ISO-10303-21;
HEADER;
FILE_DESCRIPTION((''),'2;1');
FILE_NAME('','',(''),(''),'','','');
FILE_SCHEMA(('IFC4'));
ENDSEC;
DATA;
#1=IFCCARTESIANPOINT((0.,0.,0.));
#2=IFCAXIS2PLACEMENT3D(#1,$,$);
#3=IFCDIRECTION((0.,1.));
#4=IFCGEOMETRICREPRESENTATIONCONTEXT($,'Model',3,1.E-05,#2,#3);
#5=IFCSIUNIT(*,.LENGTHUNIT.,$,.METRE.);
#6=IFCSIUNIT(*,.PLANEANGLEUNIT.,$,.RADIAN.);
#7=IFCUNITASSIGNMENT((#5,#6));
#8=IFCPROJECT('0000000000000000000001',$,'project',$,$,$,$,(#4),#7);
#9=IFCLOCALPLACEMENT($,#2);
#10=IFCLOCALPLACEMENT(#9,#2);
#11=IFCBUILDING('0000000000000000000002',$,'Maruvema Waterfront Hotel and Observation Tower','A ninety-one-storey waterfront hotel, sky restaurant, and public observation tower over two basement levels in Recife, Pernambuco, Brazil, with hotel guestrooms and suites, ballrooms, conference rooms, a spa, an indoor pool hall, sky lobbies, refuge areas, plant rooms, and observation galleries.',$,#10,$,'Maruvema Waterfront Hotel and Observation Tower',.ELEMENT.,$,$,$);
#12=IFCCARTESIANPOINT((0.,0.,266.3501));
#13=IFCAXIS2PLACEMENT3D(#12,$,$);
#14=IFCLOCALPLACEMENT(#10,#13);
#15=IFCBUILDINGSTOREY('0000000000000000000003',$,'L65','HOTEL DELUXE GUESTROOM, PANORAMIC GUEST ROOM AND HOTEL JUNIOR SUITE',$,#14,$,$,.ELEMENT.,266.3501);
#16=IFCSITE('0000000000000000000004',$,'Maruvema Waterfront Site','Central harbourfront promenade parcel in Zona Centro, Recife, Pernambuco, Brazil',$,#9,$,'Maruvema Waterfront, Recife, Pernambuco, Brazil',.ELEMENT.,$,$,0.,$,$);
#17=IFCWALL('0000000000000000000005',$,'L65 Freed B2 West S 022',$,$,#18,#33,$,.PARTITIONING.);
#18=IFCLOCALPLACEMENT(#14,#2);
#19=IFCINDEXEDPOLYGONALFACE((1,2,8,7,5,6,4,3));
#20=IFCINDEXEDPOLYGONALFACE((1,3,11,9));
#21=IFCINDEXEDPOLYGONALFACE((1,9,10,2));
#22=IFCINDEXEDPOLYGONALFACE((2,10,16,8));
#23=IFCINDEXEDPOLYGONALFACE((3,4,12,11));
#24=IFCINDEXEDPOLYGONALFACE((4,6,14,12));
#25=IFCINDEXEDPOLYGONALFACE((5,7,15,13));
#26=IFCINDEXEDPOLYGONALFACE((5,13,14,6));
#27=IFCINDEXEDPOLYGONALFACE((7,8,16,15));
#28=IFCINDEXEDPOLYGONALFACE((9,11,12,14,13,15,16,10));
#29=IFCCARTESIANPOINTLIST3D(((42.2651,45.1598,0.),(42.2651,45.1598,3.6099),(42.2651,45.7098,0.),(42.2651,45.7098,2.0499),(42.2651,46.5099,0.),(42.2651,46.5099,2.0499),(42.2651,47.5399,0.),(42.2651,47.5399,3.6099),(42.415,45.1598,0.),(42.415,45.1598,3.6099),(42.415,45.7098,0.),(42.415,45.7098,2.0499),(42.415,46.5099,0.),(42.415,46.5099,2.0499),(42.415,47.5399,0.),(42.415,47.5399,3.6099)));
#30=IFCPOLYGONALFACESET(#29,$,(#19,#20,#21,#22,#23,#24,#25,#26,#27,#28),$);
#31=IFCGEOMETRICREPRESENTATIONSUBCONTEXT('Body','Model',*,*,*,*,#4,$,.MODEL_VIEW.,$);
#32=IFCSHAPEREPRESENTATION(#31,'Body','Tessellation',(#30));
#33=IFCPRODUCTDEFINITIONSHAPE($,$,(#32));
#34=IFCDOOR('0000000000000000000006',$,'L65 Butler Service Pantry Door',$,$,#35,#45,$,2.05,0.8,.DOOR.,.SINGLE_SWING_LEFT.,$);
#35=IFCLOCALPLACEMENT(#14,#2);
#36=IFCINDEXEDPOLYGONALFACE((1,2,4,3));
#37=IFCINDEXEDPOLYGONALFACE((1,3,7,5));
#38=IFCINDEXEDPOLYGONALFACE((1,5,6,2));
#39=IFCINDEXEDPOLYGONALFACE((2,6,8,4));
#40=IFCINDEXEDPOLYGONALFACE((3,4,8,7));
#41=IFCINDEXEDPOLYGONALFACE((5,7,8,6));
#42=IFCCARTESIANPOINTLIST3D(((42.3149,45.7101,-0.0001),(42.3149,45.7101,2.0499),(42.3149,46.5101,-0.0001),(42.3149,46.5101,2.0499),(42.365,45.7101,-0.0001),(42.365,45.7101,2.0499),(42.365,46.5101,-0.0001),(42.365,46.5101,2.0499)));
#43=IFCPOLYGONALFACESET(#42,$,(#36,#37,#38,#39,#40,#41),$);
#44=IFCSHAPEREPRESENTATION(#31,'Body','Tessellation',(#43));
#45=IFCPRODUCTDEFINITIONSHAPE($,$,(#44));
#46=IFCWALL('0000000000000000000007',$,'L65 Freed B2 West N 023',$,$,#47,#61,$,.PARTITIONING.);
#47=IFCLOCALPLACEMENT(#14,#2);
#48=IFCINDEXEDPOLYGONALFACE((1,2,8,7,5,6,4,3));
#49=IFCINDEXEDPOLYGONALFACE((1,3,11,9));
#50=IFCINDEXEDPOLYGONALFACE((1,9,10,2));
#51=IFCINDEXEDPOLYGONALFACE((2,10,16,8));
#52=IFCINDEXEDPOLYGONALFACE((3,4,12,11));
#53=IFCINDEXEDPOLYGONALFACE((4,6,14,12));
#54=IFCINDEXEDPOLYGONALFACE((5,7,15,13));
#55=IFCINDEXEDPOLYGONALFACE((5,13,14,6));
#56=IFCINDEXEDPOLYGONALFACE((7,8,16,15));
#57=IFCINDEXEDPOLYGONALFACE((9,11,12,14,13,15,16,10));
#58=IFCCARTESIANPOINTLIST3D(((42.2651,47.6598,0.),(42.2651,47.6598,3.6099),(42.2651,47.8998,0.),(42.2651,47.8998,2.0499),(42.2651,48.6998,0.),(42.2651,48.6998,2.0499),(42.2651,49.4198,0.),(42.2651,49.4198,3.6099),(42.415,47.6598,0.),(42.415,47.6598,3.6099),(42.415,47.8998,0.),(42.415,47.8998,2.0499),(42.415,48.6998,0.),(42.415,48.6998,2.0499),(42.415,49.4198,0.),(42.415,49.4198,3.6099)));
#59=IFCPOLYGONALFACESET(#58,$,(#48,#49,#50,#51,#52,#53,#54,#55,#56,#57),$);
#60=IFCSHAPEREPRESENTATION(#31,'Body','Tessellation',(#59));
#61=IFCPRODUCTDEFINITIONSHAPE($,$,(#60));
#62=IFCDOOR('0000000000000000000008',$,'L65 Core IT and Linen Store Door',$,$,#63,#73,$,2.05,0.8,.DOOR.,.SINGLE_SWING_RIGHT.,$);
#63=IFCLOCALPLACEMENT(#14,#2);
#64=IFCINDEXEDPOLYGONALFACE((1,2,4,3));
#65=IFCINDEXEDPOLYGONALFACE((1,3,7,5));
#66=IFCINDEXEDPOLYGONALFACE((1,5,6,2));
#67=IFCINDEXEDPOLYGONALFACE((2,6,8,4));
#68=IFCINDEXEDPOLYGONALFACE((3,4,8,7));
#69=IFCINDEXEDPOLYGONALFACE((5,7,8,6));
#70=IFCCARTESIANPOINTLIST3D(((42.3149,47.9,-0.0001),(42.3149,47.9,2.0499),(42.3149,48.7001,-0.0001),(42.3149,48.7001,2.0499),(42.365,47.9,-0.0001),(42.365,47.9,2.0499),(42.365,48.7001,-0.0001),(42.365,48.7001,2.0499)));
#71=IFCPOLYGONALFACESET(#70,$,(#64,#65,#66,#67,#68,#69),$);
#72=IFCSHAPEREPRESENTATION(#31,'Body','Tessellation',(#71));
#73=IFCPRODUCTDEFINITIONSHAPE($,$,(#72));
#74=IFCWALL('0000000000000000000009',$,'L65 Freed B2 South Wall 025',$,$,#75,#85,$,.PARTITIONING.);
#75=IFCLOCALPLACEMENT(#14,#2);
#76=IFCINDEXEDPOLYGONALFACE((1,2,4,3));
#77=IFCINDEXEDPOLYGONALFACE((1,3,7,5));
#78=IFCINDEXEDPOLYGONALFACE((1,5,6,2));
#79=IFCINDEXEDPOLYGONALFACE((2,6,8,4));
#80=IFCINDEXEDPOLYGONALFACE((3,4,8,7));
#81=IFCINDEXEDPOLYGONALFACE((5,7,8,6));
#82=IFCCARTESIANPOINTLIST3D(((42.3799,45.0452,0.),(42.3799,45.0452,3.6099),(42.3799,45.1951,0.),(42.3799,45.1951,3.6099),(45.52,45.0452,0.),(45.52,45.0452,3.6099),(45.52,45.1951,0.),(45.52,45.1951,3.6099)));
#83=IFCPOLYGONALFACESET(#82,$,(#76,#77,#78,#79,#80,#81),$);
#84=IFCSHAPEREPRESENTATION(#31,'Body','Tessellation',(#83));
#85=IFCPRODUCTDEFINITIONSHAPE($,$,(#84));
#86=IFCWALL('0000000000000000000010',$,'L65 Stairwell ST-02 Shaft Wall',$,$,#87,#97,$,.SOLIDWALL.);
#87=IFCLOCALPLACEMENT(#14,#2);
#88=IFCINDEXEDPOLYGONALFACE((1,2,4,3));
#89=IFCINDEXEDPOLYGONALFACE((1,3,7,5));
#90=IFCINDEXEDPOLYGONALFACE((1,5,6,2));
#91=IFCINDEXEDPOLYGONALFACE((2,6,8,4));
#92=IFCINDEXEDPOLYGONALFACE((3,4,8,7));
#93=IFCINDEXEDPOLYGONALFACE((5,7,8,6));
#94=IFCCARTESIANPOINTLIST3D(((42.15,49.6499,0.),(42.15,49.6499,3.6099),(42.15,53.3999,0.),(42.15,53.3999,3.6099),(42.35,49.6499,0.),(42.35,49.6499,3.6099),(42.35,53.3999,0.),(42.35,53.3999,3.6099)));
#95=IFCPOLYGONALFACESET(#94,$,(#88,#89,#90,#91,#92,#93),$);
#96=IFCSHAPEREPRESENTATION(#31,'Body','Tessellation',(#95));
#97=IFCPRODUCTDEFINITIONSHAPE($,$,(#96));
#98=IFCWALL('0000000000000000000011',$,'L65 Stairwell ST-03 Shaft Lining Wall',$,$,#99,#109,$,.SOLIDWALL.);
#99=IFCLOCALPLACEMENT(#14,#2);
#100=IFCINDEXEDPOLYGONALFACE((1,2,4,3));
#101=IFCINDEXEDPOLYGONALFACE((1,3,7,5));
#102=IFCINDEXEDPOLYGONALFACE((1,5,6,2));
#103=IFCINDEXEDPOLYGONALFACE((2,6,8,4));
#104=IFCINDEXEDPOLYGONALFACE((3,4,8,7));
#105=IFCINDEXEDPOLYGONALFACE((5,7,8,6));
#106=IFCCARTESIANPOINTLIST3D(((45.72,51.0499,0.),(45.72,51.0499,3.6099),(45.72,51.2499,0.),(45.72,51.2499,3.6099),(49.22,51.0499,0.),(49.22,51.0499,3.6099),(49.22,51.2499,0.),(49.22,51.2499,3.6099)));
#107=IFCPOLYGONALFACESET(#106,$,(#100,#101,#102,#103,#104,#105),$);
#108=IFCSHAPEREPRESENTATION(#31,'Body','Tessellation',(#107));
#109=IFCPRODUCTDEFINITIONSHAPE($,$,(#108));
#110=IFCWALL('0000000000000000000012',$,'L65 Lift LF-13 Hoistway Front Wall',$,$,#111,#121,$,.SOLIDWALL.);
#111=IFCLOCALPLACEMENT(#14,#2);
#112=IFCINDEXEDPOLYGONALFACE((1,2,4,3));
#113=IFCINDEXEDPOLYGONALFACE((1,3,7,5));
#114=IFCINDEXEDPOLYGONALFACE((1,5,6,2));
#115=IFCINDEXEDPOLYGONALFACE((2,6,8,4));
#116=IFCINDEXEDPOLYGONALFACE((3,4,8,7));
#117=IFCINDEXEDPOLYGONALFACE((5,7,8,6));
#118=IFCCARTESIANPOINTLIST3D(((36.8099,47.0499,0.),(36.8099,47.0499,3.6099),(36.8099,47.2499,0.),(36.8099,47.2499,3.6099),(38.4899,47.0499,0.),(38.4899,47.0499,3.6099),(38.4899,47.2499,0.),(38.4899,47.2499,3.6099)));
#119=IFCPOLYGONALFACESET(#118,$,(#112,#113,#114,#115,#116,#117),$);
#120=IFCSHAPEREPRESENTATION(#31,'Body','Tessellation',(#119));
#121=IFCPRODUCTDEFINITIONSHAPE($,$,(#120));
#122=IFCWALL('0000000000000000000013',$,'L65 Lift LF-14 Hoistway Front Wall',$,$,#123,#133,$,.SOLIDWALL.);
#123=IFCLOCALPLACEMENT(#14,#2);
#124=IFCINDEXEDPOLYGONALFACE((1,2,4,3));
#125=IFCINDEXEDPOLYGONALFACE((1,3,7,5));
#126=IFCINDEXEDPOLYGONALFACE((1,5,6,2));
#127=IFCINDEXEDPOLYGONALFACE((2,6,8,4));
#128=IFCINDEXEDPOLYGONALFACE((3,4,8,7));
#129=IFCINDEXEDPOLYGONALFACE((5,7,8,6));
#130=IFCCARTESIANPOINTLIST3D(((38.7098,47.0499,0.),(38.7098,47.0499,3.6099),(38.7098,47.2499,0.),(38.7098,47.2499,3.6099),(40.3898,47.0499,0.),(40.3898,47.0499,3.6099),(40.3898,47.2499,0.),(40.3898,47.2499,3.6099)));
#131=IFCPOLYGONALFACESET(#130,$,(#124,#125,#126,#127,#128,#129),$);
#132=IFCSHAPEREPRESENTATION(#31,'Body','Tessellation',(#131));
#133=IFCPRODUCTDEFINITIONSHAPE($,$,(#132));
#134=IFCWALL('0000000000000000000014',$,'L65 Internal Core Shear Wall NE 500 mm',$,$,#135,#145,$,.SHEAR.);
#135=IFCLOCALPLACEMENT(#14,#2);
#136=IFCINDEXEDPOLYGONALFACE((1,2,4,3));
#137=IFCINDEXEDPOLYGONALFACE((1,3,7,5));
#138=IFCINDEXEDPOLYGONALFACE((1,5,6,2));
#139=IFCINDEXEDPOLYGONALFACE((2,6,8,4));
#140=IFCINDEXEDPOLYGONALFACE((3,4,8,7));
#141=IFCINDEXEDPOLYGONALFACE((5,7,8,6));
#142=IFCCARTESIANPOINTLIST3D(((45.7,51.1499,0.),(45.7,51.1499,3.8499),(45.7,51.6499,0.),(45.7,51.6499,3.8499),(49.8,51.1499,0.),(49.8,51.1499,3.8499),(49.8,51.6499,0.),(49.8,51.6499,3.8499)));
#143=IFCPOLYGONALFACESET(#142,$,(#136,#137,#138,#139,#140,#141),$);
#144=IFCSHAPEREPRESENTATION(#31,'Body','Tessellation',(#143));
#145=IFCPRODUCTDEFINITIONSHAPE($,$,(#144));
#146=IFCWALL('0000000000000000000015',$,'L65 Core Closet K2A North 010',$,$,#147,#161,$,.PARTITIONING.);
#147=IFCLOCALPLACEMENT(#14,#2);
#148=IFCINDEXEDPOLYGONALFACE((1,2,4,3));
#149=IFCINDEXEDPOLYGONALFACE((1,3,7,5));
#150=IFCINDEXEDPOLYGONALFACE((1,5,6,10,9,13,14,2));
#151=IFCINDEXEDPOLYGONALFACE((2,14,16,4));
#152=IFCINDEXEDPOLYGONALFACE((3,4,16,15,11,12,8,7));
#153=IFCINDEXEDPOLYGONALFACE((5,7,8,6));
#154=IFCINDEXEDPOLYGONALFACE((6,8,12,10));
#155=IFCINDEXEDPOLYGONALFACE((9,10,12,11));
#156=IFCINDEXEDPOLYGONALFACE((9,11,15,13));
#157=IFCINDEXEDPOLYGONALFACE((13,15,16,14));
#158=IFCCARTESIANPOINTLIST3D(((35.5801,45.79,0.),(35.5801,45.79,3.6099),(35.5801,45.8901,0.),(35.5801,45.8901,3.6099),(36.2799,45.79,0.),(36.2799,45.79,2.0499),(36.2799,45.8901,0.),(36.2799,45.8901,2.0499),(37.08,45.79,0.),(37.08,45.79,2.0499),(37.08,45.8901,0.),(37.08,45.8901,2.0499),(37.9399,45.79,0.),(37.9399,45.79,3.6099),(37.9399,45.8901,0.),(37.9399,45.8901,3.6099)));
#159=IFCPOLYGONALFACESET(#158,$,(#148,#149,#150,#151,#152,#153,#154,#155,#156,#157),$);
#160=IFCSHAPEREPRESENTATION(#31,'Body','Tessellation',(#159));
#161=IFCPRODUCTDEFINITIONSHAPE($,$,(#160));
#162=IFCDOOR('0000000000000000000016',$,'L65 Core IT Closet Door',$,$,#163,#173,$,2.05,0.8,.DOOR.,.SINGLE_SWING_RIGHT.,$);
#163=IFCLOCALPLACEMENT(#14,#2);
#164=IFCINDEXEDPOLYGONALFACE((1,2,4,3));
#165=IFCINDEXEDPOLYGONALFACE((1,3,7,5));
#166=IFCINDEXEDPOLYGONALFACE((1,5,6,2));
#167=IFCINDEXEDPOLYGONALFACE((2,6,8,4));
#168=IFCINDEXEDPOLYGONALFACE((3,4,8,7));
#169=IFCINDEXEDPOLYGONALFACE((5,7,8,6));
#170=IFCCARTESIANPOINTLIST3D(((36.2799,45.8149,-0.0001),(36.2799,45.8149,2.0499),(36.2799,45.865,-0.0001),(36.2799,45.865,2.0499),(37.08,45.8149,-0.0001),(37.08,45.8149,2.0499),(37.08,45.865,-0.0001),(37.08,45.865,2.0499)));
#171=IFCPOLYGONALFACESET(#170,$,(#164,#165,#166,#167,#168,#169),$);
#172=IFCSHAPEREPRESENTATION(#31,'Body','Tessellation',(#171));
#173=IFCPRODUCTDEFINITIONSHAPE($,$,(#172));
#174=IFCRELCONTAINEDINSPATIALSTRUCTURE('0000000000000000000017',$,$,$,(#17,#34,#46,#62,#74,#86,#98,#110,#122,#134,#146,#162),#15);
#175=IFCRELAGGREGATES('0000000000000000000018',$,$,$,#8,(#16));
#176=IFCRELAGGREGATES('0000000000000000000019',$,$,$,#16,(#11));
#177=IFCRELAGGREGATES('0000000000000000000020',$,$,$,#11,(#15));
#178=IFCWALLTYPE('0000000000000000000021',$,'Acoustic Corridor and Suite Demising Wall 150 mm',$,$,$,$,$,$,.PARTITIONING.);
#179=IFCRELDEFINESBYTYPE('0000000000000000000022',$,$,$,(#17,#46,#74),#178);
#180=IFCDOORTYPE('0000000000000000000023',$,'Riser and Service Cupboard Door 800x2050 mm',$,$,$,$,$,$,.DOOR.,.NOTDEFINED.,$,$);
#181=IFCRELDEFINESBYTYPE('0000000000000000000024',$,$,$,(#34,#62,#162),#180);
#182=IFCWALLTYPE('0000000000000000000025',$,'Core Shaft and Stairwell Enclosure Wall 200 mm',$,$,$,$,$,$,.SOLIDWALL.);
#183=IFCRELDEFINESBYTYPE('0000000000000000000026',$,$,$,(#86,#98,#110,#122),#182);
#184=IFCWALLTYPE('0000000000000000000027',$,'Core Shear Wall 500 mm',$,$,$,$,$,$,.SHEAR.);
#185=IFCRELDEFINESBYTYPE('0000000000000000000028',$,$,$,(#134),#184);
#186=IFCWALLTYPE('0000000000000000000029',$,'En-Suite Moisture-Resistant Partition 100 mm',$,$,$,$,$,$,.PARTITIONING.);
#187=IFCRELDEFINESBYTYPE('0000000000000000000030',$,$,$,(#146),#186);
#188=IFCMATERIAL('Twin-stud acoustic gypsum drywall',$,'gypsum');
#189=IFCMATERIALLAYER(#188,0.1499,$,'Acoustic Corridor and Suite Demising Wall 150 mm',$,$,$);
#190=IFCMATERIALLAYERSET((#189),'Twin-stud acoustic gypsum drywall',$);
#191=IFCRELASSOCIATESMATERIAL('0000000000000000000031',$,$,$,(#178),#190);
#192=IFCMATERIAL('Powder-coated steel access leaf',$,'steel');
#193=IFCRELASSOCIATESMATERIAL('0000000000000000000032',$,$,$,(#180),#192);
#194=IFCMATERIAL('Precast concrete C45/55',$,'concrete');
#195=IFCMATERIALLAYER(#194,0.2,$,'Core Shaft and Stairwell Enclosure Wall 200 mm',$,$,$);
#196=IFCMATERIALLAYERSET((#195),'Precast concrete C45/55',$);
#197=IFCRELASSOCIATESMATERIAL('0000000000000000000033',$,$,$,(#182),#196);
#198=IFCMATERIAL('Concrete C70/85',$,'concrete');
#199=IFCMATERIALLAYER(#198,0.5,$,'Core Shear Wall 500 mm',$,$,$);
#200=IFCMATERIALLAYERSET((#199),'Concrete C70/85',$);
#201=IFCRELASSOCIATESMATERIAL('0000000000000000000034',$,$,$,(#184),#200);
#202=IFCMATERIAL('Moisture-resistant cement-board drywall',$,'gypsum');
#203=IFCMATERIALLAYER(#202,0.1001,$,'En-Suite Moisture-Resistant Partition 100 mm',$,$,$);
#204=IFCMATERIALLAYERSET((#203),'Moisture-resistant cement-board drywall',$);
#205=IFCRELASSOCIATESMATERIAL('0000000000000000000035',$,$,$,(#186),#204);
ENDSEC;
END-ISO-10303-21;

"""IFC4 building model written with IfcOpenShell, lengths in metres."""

from ifc_helpers import new_model, si_unit, direction, frame, frame_2d, origin, place, context, subcontext, project, spatial, rectangle, extrude, material, layer, layer_set, type_object, element, fill, save


model = new_model("IFC4")

# Units and contexts
model_context = context("Model", 3, precision=1e-05, world=origin(), true_north=direction((0.0, 1.0)))
body_context = subcontext(model_context, "Body", "Model", "MODEL_VIEW")
ifc_project = project(units=[si_unit("LENGTHUNIT", "METRE"), si_unit("PLANEANGLEUNIT", "RADIAN")], contexts=[model_context])

# Site, building, storey
site_placement = place(None, origin())
site = spatial("IfcSite", under=ifc_project, at=site_placement, Name="Maruvema Waterfront Site", Description="Central harbourfront promenade parcel in Zona Centro, Recife, Pernambuco, Brazil", LongName="Maruvema Waterfront, Recife, Pernambuco, Brazil", CompositionType="ELEMENT", RefElevation=0.0)
building_placement = place(site_placement, origin())
building = spatial("IfcBuilding", under=site, at=building_placement, Name="Maruvema Waterfront Hotel and Observation Tower", Description="A ninety-one-storey waterfront hotel, sky restaurant, and public observation tower over two basement levels in Recife, Pernambuco, Brazil, with hotel guestrooms and suites, ballrooms, conference rooms, a spa, an indoor pool hall, sky lobbies, refuge areas, plant rooms, and observation galleries.", LongName="Maruvema Waterfront Hotel and Observation Tower", CompositionType="ELEMENT")
storey_placement = place(building_placement, frame((0.0, 0.0, 266.3501)))
storey = spatial("IfcBuildingStorey", under=building, at=storey_placement, Name="L65", Description="HOTEL DELUXE GUESTROOM, PANORAMIC GUEST ROOM AND HOTEL JUNIOR SUITE", CompositionType="ELEMENT", Elevation=266.3501)

# Walls, openings, doors
ifc_material_1 = material(Name="Twin-stud acoustic gypsum drywall", Category="gypsum")
ifc_layer_1 = layer(ifc_material_1, 0.1499, Name="Acoustic Corridor and Suite Demising Wall 150 mm")
ifc_layer_set_1 = layer_set([ifc_layer_1], Name="Twin-stud acoustic gypsum drywall")
wall_type_1 = type_object("IfcWallType", Name="Acoustic Corridor and Suite Demising Wall 150 mm", PredefinedType="PARTITIONING", material=ifc_layer_set_1)
wall_1_placement = place(storey_placement, frame((42.3401, 45.1599, 0.0), z_axis=(0.0, 0.0, 1.0), x_axis=(0.0, 1.0, 0.0)))
wall_1 = element("IfcWall", 1, at=wall_1_placement, inside=storey, type_object=wall_type_1, Name="L65 Freed B2 West S 022", PredefinedType="PARTITIONING", context=body_context, shape_type="SweptSolid", body=[
    extrude(rectangle(XDim=2.3801, YDim=0.1499, at=frame_2d((1.1899, 0.0))), origin(), (0.0, 0.0, 1.0), 3.6099),
])
opening_1_placement = place(wall_1_placement, frame((0.55, 0.0, 0.0)))
opening_1 = element("IfcOpeningElement", 2, at=opening_1_placement, cuts=wall_1, PredefinedType="OPENING", context=body_context, shape_type="SweptSolid", body=[
    extrude(rectangle(XDim=0.8, YDim=2.05, at=frame_2d((0.3999, 1.0249))), frame((0.0, 0.085, 0.0), z_axis=(0.0, -1.0, 0.0), x_axis=(1.0, 0.0, 0.0)), (0.0, 0.0, 1.0), 0.1699),
])
ifc_material_2 = material(Name="Powder-coated steel access leaf", Category="steel")
door_type = type_object("IfcDoorType", Name="Riser and Service Cupboard Door 800x2050 mm", OperationType="NOTDEFINED", PredefinedType="DOOR", material=ifc_material_2)
door_1_placement = place(opening_1_placement, frame((0.8, 0.0, 0.0), z_axis=(0.0, 0.0, 1.0), x_axis=(-1.0, 0.0, 0.0)))
door_1 = element("IfcDoor", 3, at=door_1_placement, inside=storey, type_object=door_type, Name="L65 Butler Service Pantry Door", OperationType="SINGLE_SWING_LEFT", OverallHeight=2.05, OverallWidth=0.8, PredefinedType="DOOR", context=body_context, shape_type="SweptSolid", body=[
    extrude(rectangle(XDim=0.8, YDim=2.05, at=frame_2d((0.3999, 1.0249))), frame((0.0, 0.0249, 0.0), z_axis=(0.0, -1.0, 0.0), x_axis=(1.0, 0.0, 0.0)), (0.0, 0.0, 1.0), 0.05),
])
fill(opening_1, door_1)
wall_2_placement = place(storey_placement, frame((42.3401, 47.6599, 0.0), z_axis=(0.0, 0.0, 1.0), x_axis=(0.0, 1.0, 0.0)))
wall_2 = element("IfcWall", 4, at=wall_2_placement, inside=storey, type_object=wall_type_1, Name="L65 Freed B2 West N 023", PredefinedType="PARTITIONING", context=body_context, shape_type="SweptSolid", body=[
    extrude(rectangle(XDim=1.76, YDim=0.1499, at=frame_2d((0.8799, 0.0))), origin(), (0.0, 0.0, 1.0), 3.6099),
])
opening_2_placement = place(wall_2_placement, frame((0.24, 0.0, 0.0)))
opening_2 = element("IfcOpeningElement", 5, at=opening_2_placement, cuts=wall_2, PredefinedType="OPENING", context=body_context, shape_type="SweptSolid", body=[
    extrude(rectangle(XDim=0.8, YDim=2.05, at=frame_2d((0.3999, 1.0249))), frame((0.0, 0.085, 0.0), z_axis=(0.0, -1.0, 0.0), x_axis=(1.0, 0.0, 0.0)), (0.0, 0.0, 1.0), 0.1699),
])
door_2_placement = place(opening_2_placement, frame((0.8, 0.0, 0.0), z_axis=(0.0, 0.0, 1.0), x_axis=(-1.0, 0.0, 0.0)))
door_2 = element("IfcDoor", 6, at=door_2_placement, inside=storey, type_object=door_type, Name="L65 Core IT and Linen Store Door", OperationType="SINGLE_SWING_RIGHT", OverallHeight=2.05, OverallWidth=0.8, PredefinedType="DOOR", context=body_context, shape_type="SweptSolid", body=[
    extrude(rectangle(XDim=0.8, YDim=2.05, at=frame_2d((0.3999, 1.0249))), frame((0.0, 0.0249, 0.0), z_axis=(0.0, -1.0, 0.0), x_axis=(1.0, 0.0, 0.0)), (0.0, 0.0, 1.0), 0.05),
])
fill(opening_2, door_2)

# Walls
wall_3_placement = place(storey_placement, frame((42.3799, 45.1201, 0.0), z_axis=(0.0, 0.0, 1.0), x_axis=(1.0, 0.0, 0.0)))
element("IfcWall", 7, at=wall_3_placement, inside=storey, type_object=wall_type_1, Name="L65 Freed B2 South Wall 025", PredefinedType="PARTITIONING", context=body_context, shape_type="SweptSolid", body=[
    extrude(rectangle(XDim=3.1401, YDim=0.1499, at=frame_2d((1.5701, 0.0))), origin(), (0.0, 0.0, 1.0), 3.6099),
])
ifc_material_3 = material(Name="Precast concrete C45/55", Category="concrete")
ifc_layer_2 = layer(ifc_material_3, 0.2, Name="Core Shaft and Stairwell Enclosure Wall 200 mm")
ifc_layer_set_2 = layer_set([ifc_layer_2], Name="Precast concrete C45/55")
wall_type_2 = type_object("IfcWallType", Name="Core Shaft and Stairwell Enclosure Wall 200 mm", PredefinedType="SOLIDWALL", material=ifc_layer_set_2)
wall_4_placement = place(storey_placement, frame((42.25, 49.6499, 0.0), z_axis=(0.0, 0.0, 1.0), x_axis=(0.0, 1.0, 0.0)))
element("IfcWall", 8, at=wall_4_placement, inside=storey, type_object=wall_type_2, Name="L65 Stairwell ST-02 Shaft Wall", PredefinedType="SOLIDWALL", context=body_context, shape_type="SweptSolid", body=[
    extrude(rectangle(XDim=3.75, YDim=0.2, at=frame_2d((1.875, 0.0))), origin(), (0.0, 0.0, 1.0), 3.6099),
])
wall_5_placement = place(storey_placement, frame((45.72, 51.1499, 0.0), z_axis=(0.0, 0.0, 1.0), x_axis=(1.0, 0.0, 0.0)))
element("IfcWall", 9, at=wall_5_placement, inside=storey, type_object=wall_type_2, Name="L65 Stairwell ST-03 Shaft Lining Wall", PredefinedType="SOLIDWALL", context=body_context, shape_type="SweptSolid", body=[
    extrude(rectangle(XDim=3.5, YDim=0.2, at=frame_2d((1.75, 0.0))), origin(), (0.0, 0.0, 1.0), 3.6099),
])
for number, where, z_axis, x_axis, name in (
    (10, (36.8101, 47.1499, 0.0), (0.0, 0.0, 1.0), (1.0, 0.0, 0.0), "L65 Lift LF-13 Hoistway Front Wall"),
    (11, (38.71, 47.1499, 0.0), (0.0, 0.0, 1.0), (1.0, 0.0, 0.0), "L65 Lift LF-14 Hoistway Front Wall"),
):
    element("IfcWall", number, at=place(storey_placement, frame(where, z_axis=z_axis, x_axis=x_axis)), inside=storey, type_object=wall_type_2, Name=name, PredefinedType="SOLIDWALL", context=body_context, shape_type="SweptSolid", body=[
        extrude(rectangle(XDim=1.6799, YDim=0.2, at=frame_2d((0.8398, 0.0))), origin(), (0.0, 0.0, 1.0), 3.6099),
    ])
ifc_material_4 = material(Name="Concrete C70/85", Category="concrete")
ifc_layer_3 = layer(ifc_material_4, 0.5, Name="Core Shear Wall 500 mm")
ifc_layer_set_3 = layer_set([ifc_layer_3], Name="Concrete C70/85")
wall_type_3 = type_object("IfcWallType", Name="Core Shear Wall 500 mm", PredefinedType="SHEAR", material=ifc_layer_set_3)
wall_6_placement = place(storey_placement, frame((45.7, 51.3999, 0.0), z_axis=(0.0, 0.0, 1.0), x_axis=(1.0, 0.0, 0.0)))
element("IfcWall", 12, at=wall_6_placement, inside=storey, type_object=wall_type_3, Name="L65 Internal Core Shear Wall NE 500 mm", PredefinedType="SHEAR", context=body_context, shape_type="SweptSolid", body=[
    extrude(rectangle(XDim=4.1001, YDim=0.5, at=frame_2d((2.05, 0.0))), origin(), (0.0, 0.0, 1.0), 3.8499),
])

# Wall, opening, door
ifc_material_5 = material(Name="Moisture-resistant cement-board drywall", Category="gypsum")
ifc_layer_4 = layer(ifc_material_5, 0.1001, Name="En-Suite Moisture-Resistant Partition 100 mm")
ifc_layer_set_4 = layer_set([ifc_layer_4], Name="Moisture-resistant cement-board drywall")
wall_type_4 = type_object("IfcWallType", Name="En-Suite Moisture-Resistant Partition 100 mm", PredefinedType="PARTITIONING", material=ifc_layer_set_4)
wall_7_placement = place(storey_placement, frame((35.5801, 45.8401, 0.0), z_axis=(0.0, 0.0, 1.0), x_axis=(1.0, 0.0, 0.0)))
wall_7 = element("IfcWall", 13, at=wall_7_placement, inside=storey, type_object=wall_type_4, Name="L65 Core Closet K2A North 010", PredefinedType="PARTITIONING", context=body_context, shape_type="SweptSolid", body=[
    extrude(rectangle(XDim=2.3599, YDim=0.1001, at=frame_2d((1.1799, 0.0))), origin(), (0.0, 0.0, 1.0), 3.6099),
])
opening_3_placement = place(wall_7_placement, frame((0.7, 0.0, 0.0)))
opening_3 = element("IfcOpeningElement", 14, at=opening_3_placement, cuts=wall_7, PredefinedType="OPENING", context=body_context, shape_type="SweptSolid", body=[
    extrude(rectangle(XDim=0.8, YDim=2.05, at=frame_2d((0.3999, 1.0249))), frame((0.0, 0.0601, 0.0), z_axis=(0.0, -1.0, 0.0), x_axis=(1.0, 0.0, 0.0)), (0.0, 0.0, 1.0), 0.1201),
])
door_3_placement = place(opening_3_placement, origin())
door_3 = element("IfcDoor", 15, at=door_3_placement, inside=storey, type_object=door_type, Name="L65 Core IT Closet Door", OperationType="SINGLE_SWING_RIGHT", OverallHeight=2.05, OverallWidth=0.8, PredefinedType="DOOR", context=body_context, shape_type="SweptSolid", body=[
    extrude(rectangle(XDim=0.8, YDim=2.05, at=frame_2d((0.3999, 1.0249))), frame((0.0, 0.0249, 0.0), z_axis=(0.0, -1.0, 0.0), x_axis=(1.0, 0.0, 0.0)), (0.0, 0.0, 1.0), 0.05),
])
fill(opening_3, door_3)

save(model, "model.ifc")
